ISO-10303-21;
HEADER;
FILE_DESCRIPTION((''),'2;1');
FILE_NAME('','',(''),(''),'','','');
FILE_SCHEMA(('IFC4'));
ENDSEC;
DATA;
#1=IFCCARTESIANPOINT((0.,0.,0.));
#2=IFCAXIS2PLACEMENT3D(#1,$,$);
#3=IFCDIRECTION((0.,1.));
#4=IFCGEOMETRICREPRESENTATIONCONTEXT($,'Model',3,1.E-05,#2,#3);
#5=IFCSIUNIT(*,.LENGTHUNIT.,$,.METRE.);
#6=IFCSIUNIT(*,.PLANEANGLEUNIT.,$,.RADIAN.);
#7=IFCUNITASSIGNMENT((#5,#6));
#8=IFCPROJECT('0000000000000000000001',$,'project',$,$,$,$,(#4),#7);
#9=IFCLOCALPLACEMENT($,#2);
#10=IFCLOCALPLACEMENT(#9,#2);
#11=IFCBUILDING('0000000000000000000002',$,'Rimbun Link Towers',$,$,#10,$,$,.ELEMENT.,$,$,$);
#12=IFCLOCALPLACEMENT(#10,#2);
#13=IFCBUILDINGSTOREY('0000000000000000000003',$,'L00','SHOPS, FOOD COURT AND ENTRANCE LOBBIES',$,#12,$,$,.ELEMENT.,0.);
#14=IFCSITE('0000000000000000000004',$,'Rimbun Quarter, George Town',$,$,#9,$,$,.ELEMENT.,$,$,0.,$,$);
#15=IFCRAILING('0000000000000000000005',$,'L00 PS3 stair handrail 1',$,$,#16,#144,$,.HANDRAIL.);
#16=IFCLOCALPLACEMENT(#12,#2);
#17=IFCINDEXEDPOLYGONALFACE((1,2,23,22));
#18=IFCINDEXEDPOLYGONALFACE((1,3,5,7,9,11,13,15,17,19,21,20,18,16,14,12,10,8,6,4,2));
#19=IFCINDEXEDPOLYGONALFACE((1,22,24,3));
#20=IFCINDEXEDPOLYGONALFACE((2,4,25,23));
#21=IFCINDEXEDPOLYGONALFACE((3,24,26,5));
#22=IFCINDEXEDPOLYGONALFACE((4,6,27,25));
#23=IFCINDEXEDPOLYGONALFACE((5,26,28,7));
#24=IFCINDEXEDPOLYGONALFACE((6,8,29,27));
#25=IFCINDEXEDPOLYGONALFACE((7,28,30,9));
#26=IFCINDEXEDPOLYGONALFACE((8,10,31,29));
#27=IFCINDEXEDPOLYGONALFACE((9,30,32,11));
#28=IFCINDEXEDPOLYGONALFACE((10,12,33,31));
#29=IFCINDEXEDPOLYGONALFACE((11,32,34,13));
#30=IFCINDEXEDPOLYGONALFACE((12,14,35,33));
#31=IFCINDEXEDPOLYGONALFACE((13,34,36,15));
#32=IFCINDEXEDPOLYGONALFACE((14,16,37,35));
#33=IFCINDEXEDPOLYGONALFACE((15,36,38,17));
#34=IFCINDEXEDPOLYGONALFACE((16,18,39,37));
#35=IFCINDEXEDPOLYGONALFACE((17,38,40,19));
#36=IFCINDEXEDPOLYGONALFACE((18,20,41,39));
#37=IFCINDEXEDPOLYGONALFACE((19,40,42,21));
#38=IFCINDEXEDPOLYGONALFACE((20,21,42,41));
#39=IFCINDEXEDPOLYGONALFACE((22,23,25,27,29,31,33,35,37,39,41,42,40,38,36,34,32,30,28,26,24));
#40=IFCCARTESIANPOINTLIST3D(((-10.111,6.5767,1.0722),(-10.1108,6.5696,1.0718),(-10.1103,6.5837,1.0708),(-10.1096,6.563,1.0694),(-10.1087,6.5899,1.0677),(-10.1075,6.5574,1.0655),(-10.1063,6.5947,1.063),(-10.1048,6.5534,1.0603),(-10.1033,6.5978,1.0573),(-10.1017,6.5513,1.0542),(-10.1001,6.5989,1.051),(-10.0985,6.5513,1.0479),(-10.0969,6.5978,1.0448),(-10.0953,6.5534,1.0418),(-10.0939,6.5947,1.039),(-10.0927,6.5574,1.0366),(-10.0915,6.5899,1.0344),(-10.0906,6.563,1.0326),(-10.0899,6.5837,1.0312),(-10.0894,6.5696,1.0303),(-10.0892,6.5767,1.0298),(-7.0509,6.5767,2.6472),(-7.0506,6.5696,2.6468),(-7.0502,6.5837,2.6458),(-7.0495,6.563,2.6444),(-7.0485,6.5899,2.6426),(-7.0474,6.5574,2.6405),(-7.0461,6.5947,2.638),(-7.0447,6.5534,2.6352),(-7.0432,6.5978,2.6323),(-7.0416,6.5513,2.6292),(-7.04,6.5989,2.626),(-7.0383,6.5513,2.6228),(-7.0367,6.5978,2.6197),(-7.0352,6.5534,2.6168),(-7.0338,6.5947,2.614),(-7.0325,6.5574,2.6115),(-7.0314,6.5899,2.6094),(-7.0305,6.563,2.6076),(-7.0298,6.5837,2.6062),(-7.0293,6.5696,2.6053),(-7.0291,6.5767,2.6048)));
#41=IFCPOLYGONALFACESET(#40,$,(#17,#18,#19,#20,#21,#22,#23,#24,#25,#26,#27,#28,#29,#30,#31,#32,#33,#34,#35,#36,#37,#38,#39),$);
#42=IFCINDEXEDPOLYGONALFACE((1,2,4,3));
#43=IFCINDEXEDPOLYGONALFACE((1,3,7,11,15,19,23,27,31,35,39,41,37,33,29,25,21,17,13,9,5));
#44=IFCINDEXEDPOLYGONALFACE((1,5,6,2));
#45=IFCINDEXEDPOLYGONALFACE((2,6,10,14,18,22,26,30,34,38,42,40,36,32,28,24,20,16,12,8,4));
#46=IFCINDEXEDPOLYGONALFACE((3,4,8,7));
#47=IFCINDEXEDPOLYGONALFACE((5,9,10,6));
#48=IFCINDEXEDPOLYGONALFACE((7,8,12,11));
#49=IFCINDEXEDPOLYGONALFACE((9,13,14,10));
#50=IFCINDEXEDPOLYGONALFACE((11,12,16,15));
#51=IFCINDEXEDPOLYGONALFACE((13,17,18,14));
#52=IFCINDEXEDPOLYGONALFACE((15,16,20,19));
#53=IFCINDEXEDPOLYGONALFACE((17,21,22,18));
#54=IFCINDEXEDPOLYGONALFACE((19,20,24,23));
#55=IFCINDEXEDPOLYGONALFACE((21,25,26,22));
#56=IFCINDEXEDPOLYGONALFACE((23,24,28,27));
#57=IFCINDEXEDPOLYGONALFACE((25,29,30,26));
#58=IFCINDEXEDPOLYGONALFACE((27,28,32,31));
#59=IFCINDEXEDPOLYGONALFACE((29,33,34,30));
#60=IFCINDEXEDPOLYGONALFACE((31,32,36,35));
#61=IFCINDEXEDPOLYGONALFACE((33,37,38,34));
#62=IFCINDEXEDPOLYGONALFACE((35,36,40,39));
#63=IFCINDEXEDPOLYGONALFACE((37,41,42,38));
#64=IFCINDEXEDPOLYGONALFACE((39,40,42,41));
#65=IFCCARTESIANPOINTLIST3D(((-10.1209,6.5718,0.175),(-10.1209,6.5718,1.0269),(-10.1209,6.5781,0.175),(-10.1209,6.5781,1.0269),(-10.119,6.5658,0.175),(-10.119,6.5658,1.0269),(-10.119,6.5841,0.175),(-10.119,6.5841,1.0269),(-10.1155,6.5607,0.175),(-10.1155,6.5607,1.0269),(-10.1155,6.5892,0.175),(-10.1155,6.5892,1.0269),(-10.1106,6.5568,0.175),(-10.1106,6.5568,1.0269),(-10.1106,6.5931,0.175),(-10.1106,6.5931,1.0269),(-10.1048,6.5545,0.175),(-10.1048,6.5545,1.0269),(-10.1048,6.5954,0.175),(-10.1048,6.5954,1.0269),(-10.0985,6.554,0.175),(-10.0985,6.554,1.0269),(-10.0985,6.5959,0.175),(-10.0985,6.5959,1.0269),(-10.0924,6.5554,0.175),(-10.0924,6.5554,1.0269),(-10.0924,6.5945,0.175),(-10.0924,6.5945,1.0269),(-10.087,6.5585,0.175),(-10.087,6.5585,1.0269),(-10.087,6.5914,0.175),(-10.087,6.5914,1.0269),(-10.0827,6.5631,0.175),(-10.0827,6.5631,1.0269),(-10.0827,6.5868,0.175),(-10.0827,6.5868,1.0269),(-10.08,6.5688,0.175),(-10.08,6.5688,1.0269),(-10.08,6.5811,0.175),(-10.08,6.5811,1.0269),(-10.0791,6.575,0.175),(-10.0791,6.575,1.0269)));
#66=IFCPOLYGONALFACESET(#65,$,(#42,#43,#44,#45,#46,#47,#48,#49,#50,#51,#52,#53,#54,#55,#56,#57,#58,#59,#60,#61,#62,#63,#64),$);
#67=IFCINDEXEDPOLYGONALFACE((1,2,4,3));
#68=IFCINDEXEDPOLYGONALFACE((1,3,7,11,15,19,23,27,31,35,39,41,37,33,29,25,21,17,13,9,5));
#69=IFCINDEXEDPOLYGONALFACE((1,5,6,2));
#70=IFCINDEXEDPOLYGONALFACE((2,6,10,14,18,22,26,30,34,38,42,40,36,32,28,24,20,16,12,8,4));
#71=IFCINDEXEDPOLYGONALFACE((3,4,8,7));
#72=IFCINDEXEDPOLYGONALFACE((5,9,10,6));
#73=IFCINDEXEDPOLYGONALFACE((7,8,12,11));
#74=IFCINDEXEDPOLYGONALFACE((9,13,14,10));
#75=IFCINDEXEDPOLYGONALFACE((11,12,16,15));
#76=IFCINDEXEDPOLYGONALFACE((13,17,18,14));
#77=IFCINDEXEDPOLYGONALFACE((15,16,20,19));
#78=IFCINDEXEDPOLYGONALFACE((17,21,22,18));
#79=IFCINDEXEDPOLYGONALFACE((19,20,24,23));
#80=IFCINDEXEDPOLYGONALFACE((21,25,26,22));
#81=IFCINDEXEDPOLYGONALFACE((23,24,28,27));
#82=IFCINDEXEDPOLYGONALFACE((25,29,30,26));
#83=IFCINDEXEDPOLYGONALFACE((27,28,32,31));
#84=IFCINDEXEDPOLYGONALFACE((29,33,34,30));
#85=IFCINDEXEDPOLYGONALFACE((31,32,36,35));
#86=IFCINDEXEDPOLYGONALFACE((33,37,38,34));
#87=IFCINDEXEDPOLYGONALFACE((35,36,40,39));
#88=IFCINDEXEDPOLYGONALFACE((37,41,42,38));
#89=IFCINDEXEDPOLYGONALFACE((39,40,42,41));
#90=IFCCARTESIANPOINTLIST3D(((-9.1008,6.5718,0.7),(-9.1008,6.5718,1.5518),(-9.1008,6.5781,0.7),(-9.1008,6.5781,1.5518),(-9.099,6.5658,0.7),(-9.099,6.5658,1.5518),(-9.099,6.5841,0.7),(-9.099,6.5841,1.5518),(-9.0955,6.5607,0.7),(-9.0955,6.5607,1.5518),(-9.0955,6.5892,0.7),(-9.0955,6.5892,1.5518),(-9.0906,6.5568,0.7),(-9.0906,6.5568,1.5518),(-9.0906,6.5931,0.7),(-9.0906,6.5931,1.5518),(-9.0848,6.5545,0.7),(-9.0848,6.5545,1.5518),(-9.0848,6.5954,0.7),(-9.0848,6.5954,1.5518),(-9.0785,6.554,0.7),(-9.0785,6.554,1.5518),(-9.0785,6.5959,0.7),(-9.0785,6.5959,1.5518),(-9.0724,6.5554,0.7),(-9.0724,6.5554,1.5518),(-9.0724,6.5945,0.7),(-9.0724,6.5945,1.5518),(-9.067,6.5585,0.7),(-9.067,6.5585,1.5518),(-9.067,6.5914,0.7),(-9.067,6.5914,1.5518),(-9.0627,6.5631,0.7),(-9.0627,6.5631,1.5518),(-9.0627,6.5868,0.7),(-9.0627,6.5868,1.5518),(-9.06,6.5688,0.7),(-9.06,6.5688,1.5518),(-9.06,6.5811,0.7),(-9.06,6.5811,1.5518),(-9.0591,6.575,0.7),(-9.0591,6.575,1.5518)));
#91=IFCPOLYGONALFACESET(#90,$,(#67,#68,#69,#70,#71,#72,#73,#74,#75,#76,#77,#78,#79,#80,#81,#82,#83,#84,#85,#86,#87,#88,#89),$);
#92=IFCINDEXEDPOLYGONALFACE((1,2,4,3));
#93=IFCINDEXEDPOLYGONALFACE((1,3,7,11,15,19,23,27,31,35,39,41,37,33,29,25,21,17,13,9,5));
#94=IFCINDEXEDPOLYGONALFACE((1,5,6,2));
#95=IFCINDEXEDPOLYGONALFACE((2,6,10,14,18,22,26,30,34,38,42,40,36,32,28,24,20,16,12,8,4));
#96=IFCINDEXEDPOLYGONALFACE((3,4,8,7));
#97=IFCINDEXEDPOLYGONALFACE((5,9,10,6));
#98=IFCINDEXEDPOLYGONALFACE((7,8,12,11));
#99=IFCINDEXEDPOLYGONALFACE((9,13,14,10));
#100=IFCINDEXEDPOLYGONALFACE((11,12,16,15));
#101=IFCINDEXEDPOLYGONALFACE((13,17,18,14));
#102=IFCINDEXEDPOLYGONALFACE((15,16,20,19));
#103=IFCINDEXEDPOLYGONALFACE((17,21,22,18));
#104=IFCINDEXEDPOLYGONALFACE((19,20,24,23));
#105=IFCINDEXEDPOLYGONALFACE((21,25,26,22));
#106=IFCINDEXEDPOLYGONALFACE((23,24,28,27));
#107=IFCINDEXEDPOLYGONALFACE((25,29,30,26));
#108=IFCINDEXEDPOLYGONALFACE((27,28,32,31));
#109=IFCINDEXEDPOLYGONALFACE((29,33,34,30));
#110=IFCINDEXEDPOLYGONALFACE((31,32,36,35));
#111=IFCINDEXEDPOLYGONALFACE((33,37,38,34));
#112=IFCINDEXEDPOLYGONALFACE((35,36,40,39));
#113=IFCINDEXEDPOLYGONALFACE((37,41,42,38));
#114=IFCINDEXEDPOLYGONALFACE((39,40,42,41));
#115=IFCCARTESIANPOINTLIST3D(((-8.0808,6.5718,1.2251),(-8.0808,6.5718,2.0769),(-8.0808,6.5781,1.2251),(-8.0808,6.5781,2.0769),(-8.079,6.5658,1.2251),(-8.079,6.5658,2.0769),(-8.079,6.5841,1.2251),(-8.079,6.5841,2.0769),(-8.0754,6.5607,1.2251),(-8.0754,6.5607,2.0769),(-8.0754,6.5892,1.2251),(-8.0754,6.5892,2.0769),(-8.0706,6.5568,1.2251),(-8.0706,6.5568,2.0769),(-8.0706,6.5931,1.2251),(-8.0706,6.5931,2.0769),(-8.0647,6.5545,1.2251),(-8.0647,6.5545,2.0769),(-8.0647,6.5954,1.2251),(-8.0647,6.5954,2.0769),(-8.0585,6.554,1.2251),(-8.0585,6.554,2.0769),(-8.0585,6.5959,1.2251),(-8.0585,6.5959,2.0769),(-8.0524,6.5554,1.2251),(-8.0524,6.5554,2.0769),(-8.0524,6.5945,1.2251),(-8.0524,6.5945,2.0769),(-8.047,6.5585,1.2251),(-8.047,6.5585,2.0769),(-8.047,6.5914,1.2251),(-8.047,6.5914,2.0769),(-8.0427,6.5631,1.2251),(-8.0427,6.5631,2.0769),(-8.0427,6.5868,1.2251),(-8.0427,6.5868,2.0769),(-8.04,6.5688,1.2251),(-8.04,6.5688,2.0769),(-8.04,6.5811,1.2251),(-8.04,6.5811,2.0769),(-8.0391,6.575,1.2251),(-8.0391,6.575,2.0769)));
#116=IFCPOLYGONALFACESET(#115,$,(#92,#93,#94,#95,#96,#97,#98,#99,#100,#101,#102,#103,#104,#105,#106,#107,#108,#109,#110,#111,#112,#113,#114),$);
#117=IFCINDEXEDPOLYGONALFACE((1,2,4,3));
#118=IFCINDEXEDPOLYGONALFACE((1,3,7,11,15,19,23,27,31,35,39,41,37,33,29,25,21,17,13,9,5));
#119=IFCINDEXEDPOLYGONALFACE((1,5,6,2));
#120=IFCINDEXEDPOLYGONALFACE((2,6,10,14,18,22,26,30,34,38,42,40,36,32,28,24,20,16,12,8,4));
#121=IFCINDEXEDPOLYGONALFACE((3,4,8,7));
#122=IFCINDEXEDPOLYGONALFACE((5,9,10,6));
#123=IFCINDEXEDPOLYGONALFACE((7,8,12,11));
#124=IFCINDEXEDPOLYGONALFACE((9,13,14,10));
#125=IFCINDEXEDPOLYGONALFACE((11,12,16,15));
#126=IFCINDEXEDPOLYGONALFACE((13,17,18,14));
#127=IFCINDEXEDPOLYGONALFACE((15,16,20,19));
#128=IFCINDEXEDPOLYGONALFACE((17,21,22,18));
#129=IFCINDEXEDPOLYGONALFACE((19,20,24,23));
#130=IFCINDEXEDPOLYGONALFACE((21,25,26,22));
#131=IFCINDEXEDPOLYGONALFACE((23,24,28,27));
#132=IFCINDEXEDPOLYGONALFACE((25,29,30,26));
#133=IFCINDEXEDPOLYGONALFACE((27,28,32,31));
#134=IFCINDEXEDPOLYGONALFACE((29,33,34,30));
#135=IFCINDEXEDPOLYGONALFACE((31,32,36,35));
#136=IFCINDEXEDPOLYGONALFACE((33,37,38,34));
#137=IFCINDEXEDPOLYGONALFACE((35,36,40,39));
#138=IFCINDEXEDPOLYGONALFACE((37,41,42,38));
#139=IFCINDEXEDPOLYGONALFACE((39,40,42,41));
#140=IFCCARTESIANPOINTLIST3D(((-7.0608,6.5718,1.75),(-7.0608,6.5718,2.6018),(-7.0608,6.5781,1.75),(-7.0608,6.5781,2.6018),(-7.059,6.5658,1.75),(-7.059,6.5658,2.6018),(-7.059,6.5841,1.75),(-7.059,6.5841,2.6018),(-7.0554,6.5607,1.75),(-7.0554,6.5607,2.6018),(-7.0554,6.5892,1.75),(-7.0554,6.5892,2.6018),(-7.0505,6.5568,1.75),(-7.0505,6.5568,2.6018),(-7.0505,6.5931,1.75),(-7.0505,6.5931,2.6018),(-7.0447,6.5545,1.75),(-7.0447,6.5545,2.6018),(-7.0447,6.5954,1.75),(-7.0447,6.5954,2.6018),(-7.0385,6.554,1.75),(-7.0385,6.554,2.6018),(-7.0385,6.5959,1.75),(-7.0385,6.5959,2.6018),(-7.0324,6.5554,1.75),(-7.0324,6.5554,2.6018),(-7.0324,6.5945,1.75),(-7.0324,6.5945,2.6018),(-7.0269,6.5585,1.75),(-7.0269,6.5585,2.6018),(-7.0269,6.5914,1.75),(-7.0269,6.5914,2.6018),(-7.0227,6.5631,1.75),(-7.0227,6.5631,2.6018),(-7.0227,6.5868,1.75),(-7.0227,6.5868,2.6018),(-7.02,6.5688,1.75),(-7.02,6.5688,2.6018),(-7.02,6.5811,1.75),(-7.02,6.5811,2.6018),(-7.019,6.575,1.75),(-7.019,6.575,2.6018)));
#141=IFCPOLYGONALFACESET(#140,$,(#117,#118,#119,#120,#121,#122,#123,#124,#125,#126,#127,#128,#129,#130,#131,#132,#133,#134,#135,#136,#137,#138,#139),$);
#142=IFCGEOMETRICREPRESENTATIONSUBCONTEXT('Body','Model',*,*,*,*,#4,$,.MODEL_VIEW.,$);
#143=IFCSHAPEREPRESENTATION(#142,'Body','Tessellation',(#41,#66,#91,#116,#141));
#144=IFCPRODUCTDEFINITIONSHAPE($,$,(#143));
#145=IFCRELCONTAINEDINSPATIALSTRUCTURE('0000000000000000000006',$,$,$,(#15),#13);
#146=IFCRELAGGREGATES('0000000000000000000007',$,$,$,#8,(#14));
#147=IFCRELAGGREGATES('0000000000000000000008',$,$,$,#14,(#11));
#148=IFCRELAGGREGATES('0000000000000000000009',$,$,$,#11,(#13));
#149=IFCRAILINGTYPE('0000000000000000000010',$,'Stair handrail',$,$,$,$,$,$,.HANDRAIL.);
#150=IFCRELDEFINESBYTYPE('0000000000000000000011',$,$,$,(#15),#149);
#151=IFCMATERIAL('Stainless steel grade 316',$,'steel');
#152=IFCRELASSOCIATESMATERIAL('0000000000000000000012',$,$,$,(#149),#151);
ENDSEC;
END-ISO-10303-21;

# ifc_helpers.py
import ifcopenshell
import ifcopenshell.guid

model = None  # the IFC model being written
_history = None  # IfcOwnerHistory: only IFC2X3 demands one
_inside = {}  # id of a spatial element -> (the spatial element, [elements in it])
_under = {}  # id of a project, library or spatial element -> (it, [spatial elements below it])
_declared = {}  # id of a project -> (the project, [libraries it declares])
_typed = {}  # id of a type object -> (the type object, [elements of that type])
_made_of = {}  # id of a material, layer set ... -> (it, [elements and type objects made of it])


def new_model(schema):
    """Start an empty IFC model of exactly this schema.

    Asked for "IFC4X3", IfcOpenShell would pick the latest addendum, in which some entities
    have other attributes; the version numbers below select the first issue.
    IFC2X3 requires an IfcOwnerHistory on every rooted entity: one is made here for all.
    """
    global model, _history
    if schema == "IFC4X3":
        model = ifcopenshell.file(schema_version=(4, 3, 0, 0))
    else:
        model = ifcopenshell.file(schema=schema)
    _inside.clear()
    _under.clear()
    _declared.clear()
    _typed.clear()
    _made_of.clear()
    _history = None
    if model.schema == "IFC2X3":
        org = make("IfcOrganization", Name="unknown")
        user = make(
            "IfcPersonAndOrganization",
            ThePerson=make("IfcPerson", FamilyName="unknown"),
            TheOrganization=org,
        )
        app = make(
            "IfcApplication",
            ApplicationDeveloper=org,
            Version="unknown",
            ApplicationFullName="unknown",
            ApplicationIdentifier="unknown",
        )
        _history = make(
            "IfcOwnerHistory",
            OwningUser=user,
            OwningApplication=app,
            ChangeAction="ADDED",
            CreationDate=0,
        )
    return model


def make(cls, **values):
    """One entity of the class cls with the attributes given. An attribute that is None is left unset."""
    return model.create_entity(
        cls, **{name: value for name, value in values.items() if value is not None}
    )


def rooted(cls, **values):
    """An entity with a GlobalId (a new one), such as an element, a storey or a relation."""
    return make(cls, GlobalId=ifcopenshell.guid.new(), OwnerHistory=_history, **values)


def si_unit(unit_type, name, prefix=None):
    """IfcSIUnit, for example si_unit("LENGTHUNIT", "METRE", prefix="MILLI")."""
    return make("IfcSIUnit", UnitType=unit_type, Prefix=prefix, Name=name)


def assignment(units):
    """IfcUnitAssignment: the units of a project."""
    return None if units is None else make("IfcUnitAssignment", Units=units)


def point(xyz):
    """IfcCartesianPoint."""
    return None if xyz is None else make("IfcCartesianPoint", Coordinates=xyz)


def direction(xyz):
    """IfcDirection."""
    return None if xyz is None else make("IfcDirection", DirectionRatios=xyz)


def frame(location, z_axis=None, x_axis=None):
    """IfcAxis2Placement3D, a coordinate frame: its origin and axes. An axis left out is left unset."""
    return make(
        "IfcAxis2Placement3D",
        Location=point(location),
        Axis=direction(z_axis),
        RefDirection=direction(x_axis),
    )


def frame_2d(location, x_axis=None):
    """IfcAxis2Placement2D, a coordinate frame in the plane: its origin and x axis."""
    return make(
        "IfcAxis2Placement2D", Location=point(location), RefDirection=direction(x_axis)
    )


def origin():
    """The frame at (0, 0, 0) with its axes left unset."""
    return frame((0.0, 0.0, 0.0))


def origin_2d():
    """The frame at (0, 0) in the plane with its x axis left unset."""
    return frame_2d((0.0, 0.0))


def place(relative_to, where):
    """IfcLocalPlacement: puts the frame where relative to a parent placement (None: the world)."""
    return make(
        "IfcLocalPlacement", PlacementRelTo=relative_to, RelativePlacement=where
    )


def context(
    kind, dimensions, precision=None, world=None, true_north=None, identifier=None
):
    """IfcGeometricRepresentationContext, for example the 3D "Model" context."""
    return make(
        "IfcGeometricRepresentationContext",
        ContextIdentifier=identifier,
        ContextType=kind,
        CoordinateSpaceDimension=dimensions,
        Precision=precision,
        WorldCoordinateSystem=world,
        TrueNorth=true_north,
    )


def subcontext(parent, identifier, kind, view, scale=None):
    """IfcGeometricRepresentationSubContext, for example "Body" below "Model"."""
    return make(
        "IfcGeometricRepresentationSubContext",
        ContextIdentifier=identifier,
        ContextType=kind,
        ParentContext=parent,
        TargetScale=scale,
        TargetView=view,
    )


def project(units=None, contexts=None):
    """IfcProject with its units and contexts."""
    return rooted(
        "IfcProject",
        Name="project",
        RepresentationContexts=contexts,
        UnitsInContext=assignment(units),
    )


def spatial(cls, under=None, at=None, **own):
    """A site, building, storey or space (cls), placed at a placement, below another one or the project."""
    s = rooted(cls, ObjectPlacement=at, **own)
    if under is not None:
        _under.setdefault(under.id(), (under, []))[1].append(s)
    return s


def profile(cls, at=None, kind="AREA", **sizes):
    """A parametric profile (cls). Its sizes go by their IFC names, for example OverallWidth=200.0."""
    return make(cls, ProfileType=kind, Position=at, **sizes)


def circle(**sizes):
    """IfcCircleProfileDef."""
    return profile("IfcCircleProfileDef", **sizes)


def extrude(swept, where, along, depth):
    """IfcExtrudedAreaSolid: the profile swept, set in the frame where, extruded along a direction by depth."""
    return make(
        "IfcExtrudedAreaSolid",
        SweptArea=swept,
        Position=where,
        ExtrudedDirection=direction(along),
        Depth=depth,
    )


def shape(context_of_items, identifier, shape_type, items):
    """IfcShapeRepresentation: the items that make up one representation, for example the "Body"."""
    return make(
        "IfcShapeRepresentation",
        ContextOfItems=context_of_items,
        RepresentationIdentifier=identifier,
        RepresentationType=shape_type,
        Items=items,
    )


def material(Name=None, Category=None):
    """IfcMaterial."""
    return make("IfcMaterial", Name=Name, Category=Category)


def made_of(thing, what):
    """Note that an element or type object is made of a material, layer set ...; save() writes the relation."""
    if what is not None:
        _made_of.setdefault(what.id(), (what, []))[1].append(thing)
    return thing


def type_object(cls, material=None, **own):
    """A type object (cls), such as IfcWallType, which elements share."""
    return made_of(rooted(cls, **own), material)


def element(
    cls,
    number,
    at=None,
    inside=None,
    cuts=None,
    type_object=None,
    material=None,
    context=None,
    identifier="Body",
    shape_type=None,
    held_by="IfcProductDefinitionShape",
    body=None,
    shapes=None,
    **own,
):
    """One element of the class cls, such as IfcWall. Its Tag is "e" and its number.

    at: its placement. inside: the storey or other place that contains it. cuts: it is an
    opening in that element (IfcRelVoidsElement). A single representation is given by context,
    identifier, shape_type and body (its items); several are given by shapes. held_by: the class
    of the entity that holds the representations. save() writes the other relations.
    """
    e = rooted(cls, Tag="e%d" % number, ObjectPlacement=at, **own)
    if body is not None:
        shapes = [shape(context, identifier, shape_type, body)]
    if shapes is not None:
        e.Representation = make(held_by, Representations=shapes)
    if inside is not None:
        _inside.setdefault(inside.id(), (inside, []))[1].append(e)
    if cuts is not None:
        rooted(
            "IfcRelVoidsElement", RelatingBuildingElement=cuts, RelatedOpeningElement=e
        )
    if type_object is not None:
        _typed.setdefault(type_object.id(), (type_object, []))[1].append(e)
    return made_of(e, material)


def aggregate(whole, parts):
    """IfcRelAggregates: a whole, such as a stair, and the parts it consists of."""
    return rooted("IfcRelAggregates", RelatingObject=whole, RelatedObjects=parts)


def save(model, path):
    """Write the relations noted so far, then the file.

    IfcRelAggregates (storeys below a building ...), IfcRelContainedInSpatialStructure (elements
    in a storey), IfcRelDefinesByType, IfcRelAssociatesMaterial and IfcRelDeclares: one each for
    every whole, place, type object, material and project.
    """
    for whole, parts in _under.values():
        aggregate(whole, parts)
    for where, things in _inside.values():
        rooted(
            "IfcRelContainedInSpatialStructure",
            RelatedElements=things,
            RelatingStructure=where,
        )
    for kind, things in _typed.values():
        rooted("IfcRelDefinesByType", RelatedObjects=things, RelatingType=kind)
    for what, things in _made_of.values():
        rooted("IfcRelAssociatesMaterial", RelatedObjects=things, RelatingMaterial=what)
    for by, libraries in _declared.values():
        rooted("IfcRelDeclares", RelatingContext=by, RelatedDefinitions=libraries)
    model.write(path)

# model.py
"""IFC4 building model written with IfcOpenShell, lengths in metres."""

from ifc_helpers import new_model, si_unit, direction, frame, origin, origin_2d, place, context, subcontext, project, spatial, circle, extrude, material, type_object, element, save


model = new_model("IFC4")

# Units and contexts
model_context = context("Model", 3, precision=1e-05, world=origin(), true_north=direction((0.0, 1.0)))
body_context = subcontext(model_context, "Body", "Model", "MODEL_VIEW")
ifc_project = project(units=[si_unit("LENGTHUNIT", "METRE"), si_unit("PLANEANGLEUNIT", "RADIAN")], contexts=[model_context])

# Site, building, storey
site_placement = place(None, origin())
site = spatial("IfcSite", under=ifc_project, at=site_placement, Name="Rimbun Quarter, George Town", CompositionType="ELEMENT", RefElevation=0.0)
building_placement = place(site_placement, origin())
building = spatial("IfcBuilding", under=site, at=building_placement, Name="Rimbun Link Towers", CompositionType="ELEMENT")
storey_placement = place(building_placement, origin())
storey = spatial("IfcBuildingStorey", under=building, at=storey_placement, Name="L00", Description="SHOPS, FOOD COURT AND ENTRANCE LOBBIES", CompositionType="ELEMENT", Elevation=0.0)

# Railing
ifc_material_1 = material(Name="Stainless steel grade 316", Category="steel")
railing_type_1 = type_object("IfcRailingType", Name="Stair handrail", PredefinedType="HANDRAIL", material=ifc_material_1)
for number, where, name in (
    (1, (-10.1001, 6.575, 0.175), "L00 PS3 stair handrail 1"),
):
    element("IfcRailing", number, at=place(storey_placement, frame(where)), inside=storey, type_object=railing_type_1, Name=name, PredefinedType="HANDRAIL", context=body_context, shape_type="SweptSolid", body=[
        extrude(circle(Radius=0.0239, at=origin_2d()), frame((0.0, 0.0, 0.876), z_axis=(0.889145, 0.0, 0.457625), x_axis=(0.0, 1.0, 0.0)), (0.0, 0.0, 1.0), 3.4417),
        extrude(circle(Radius=0.021, at=origin_2d()), origin(), (0.0, 0.0, 1.0), 0.8518),
        extrude(circle(Radius=0.021, at=origin_2d()), frame((1.02, 0.0, 0.5249)), (0.0, 0.0, 1.0), 0.8518),
        extrude(circle(Radius=0.021, at=origin_2d()), frame((2.04, 0.0, 1.05)), (0.0, 0.0, 1.0), 0.8518),
        extrude(circle(Radius=0.021, at=origin_2d()), frame((3.0601, 0.0, 1.575)), (0.0, 0.0, 1.0), 0.8518),
    ])

save(model, "model.ifc")
